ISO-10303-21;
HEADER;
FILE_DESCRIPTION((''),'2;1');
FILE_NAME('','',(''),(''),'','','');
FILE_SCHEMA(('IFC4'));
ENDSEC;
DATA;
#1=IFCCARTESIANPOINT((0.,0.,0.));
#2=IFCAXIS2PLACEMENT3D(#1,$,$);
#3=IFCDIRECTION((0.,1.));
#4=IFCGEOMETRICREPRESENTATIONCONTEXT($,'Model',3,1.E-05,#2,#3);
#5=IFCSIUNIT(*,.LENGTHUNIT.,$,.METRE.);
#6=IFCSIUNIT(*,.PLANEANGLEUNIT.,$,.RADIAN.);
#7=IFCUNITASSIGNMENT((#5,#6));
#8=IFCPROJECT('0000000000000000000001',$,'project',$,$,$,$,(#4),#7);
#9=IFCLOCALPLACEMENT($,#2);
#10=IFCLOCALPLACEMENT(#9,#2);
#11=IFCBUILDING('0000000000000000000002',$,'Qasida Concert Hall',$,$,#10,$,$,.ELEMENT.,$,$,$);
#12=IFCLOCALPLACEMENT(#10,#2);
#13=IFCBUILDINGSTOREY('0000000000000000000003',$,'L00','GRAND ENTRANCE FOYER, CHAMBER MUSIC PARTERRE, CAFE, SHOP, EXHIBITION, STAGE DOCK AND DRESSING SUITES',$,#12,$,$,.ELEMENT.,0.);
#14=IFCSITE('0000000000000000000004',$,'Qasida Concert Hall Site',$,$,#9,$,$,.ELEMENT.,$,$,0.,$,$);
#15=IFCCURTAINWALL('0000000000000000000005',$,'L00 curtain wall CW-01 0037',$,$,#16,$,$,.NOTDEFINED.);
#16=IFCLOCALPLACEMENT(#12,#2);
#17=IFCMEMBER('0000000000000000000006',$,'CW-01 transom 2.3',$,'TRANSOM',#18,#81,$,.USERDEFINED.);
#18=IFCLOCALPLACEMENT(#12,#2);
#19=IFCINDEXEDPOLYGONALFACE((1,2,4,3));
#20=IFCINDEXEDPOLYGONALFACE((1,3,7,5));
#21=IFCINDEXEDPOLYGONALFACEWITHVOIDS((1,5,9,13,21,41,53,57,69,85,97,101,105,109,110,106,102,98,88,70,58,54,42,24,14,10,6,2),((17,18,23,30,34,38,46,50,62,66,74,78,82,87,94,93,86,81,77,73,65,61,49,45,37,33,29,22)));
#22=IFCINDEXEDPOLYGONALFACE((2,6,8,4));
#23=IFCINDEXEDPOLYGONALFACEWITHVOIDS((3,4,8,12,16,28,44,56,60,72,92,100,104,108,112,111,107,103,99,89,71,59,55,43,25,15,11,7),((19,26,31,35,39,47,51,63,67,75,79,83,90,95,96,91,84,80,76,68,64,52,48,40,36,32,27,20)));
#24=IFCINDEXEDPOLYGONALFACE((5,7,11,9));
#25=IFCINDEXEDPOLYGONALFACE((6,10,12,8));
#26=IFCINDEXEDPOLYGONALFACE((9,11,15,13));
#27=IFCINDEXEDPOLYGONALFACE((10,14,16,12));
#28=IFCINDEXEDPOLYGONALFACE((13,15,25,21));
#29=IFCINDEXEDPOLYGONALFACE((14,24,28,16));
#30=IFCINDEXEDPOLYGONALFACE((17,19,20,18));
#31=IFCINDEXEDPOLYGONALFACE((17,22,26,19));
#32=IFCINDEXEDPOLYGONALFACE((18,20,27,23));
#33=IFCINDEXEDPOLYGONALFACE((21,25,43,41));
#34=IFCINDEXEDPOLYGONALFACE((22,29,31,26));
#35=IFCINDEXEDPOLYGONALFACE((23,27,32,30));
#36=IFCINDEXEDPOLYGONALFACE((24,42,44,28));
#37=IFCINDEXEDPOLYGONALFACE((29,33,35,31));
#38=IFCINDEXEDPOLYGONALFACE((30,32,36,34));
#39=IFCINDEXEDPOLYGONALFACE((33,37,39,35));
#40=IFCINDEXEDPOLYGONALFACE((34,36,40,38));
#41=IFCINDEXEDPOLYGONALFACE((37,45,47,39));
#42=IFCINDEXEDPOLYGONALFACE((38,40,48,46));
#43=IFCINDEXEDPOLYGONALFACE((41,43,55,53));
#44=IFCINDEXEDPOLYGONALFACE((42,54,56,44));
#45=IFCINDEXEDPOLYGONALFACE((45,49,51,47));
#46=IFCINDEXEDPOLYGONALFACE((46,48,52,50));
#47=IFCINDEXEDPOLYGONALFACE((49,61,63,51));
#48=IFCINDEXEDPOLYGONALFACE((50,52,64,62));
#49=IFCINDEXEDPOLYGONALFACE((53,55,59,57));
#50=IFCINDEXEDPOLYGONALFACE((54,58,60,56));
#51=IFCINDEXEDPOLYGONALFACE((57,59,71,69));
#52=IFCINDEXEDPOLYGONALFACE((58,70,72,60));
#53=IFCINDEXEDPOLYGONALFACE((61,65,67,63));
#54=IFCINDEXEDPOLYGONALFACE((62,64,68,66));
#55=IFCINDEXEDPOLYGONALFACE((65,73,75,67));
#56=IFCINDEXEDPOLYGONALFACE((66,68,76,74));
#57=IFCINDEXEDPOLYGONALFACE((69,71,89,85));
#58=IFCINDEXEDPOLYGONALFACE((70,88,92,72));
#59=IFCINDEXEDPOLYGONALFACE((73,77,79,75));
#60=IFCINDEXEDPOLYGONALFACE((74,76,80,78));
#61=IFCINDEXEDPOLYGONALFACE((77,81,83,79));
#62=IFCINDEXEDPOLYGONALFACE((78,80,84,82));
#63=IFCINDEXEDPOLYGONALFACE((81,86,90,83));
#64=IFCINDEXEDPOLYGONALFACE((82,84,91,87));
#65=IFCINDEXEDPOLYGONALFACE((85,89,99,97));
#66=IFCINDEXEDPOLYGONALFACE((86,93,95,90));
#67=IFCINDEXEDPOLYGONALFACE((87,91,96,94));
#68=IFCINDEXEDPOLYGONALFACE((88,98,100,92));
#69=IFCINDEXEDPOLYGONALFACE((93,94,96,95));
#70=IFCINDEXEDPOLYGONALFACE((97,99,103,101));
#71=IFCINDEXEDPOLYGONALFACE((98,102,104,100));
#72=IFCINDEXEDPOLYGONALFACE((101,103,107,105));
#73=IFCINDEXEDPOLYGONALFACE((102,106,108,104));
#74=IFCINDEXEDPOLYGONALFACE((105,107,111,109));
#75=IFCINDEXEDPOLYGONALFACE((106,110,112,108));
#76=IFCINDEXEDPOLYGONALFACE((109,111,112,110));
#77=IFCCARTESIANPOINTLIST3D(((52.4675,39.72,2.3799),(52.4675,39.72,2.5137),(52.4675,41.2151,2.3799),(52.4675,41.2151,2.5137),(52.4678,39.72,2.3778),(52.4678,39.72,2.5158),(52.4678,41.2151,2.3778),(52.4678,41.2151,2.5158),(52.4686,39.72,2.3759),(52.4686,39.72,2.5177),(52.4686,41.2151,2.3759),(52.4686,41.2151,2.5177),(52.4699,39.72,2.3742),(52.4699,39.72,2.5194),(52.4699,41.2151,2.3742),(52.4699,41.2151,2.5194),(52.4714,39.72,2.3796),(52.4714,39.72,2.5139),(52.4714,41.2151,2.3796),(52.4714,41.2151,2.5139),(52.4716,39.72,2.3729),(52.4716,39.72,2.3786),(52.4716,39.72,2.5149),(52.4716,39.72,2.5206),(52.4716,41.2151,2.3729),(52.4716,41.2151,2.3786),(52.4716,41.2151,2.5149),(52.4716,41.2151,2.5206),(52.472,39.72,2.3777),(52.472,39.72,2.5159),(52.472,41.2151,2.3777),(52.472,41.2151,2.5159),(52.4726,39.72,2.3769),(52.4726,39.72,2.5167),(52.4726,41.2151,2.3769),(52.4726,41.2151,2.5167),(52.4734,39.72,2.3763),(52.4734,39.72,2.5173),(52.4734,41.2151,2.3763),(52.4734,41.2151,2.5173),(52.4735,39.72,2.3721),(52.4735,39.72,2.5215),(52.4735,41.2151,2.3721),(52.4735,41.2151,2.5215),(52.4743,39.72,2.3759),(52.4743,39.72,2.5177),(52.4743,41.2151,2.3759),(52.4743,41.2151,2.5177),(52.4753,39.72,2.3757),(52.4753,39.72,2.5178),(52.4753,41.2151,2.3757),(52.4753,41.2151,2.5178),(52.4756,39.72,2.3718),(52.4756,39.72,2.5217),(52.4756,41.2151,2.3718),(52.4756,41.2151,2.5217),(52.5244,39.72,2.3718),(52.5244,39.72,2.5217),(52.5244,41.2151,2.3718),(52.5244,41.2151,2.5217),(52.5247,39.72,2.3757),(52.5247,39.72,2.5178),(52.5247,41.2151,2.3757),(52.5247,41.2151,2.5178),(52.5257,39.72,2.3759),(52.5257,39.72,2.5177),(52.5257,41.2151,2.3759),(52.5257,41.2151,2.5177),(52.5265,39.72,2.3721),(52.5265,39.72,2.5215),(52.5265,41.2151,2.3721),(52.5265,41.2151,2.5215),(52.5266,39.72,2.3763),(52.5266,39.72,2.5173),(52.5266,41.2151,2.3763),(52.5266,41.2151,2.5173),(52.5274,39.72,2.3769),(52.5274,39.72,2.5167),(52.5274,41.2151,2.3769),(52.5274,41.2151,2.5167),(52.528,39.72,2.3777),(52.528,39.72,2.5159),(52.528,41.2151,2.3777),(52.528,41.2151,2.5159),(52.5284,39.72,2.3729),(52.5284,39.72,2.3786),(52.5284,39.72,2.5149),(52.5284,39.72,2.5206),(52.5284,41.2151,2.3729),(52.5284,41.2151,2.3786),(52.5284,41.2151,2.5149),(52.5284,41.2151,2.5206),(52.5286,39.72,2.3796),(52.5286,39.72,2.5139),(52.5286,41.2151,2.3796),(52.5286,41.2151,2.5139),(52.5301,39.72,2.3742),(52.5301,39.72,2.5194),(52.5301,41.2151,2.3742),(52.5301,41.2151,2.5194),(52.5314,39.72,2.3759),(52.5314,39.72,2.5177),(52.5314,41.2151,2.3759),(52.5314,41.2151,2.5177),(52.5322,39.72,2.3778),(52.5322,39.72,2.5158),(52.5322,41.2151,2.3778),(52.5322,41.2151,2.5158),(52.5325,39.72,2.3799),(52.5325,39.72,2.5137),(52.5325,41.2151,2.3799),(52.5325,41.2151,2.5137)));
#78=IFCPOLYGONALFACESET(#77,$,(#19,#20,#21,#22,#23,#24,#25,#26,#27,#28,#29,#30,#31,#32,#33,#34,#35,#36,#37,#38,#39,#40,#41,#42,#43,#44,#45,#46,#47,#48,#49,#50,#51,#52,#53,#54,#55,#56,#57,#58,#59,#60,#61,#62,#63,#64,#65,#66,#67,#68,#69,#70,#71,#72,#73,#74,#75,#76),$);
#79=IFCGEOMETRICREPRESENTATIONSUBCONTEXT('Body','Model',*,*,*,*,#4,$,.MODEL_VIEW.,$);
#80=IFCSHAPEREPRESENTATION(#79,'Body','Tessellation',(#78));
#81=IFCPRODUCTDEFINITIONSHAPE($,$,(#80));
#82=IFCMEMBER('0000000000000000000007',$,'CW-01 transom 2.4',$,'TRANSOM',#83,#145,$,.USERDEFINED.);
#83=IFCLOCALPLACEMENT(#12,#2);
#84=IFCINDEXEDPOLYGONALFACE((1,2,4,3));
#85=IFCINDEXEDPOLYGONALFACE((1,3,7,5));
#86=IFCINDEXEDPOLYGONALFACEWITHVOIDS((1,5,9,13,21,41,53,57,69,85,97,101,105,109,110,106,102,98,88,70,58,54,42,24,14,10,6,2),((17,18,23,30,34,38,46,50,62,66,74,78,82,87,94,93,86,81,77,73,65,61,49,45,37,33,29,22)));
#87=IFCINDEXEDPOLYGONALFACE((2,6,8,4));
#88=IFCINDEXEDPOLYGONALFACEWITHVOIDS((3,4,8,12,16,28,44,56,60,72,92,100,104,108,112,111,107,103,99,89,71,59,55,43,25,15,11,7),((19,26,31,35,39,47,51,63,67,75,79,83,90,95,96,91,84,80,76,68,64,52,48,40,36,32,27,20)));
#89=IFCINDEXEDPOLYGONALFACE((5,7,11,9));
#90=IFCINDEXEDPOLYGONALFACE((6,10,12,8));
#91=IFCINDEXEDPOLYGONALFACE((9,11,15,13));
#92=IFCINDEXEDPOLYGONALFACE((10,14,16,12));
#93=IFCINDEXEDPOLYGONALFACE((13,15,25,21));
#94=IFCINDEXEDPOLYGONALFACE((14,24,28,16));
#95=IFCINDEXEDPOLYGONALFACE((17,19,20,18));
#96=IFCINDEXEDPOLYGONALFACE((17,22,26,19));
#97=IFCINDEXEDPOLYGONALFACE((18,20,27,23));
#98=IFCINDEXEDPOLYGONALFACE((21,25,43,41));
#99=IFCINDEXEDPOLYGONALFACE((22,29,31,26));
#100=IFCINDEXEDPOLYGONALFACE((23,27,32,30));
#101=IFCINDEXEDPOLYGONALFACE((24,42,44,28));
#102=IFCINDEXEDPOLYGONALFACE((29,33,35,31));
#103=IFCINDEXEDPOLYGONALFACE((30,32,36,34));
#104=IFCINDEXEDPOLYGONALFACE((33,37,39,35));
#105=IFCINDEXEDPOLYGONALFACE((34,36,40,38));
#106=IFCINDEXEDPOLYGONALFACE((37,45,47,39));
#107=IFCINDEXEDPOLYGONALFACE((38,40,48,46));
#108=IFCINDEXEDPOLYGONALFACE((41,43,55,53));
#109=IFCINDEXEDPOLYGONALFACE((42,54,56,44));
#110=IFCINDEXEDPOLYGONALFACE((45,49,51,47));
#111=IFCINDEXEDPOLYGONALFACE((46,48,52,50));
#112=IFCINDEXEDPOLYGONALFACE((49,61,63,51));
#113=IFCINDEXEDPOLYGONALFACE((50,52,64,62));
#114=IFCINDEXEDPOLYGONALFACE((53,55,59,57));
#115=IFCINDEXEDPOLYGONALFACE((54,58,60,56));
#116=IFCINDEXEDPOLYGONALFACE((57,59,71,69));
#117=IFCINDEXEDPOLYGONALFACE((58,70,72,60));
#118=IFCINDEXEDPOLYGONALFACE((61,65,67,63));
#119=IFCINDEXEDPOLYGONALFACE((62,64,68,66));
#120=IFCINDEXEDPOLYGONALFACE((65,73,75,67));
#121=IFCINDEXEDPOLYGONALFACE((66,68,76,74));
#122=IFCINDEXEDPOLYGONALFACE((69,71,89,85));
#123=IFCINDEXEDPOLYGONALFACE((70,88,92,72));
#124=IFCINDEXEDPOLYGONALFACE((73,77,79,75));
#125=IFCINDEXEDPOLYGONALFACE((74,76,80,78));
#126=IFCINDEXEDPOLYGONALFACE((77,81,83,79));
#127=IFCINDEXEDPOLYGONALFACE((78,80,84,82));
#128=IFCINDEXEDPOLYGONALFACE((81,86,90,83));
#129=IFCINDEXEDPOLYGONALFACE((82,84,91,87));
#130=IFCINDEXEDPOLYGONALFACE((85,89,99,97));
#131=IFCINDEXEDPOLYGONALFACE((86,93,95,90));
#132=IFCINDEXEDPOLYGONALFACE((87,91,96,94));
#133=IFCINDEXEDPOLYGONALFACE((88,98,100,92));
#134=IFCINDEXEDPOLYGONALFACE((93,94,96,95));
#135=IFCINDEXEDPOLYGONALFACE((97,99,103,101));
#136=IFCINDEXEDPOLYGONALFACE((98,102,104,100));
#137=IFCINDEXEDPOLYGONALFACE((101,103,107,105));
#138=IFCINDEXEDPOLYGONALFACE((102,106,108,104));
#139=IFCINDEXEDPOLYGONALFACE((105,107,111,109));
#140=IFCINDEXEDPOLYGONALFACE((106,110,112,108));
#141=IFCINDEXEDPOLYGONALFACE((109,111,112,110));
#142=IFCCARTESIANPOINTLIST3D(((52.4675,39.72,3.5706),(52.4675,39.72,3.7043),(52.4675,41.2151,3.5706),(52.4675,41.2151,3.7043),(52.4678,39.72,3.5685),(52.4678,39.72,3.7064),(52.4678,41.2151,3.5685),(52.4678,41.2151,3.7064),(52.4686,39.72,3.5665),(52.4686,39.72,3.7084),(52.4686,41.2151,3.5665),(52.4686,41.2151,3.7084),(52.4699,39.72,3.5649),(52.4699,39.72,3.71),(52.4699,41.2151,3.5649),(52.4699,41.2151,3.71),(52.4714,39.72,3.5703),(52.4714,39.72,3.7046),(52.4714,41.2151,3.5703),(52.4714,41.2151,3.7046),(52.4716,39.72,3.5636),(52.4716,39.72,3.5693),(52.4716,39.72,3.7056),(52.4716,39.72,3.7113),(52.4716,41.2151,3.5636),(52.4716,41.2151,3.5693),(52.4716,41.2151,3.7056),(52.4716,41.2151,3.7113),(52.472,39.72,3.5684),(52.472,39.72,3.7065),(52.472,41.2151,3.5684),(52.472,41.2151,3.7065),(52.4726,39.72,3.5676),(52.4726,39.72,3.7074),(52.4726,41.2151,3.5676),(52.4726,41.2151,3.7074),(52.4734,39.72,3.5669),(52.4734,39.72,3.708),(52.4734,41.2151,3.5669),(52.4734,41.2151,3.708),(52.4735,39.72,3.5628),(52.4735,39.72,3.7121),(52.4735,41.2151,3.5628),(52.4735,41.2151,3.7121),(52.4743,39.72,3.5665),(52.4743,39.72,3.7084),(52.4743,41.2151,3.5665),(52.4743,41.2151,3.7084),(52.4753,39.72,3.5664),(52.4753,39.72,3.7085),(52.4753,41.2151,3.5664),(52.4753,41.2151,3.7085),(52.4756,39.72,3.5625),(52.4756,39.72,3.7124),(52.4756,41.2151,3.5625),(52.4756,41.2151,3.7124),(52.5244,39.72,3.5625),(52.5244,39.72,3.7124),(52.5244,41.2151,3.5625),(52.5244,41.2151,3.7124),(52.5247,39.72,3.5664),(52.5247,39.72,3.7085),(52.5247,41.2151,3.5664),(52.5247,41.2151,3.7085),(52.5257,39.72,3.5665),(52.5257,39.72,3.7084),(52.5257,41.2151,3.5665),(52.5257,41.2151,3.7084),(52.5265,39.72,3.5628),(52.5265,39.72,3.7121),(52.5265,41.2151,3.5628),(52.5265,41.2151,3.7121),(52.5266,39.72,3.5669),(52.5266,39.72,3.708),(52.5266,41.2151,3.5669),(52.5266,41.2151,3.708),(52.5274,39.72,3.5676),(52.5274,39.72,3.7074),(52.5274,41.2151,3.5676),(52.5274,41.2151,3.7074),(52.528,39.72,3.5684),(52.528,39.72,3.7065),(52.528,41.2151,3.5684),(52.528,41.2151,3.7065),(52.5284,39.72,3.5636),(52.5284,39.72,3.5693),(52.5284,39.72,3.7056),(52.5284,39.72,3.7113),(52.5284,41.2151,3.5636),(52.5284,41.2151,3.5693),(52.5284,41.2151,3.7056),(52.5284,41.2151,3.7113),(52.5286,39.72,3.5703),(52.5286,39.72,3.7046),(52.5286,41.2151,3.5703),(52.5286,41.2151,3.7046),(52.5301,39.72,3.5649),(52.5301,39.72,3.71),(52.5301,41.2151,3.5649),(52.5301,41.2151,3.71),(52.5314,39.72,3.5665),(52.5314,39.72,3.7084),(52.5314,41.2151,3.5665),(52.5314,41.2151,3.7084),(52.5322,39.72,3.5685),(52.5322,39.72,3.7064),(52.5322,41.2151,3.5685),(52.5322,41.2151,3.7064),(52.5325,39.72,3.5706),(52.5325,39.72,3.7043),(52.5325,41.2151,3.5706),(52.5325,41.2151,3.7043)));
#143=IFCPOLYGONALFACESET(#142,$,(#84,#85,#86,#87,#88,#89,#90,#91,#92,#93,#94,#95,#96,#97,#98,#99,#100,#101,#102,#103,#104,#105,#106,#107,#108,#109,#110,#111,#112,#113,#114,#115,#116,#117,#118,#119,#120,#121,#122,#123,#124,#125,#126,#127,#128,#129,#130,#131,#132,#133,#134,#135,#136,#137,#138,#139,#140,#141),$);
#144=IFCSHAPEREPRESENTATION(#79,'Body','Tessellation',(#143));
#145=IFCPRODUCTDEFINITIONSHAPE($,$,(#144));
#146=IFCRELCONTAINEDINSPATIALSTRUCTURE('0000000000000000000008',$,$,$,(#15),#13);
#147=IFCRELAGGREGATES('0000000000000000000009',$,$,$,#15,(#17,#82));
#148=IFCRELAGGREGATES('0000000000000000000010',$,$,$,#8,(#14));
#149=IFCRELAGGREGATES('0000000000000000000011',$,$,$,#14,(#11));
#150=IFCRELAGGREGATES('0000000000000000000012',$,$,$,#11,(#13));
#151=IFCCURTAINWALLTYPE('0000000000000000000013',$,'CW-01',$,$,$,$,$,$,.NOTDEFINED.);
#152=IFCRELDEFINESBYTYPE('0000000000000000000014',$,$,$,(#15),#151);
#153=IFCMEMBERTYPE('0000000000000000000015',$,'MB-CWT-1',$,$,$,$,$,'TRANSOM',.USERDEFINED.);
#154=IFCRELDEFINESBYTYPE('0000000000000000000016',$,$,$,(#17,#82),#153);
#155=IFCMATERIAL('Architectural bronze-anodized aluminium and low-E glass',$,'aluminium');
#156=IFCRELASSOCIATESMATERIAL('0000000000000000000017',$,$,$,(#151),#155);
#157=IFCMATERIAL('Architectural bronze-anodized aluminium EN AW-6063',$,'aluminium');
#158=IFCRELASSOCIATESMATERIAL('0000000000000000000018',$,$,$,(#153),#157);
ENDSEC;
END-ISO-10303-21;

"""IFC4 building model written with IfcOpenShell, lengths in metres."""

from ifc_helpers import new_model, si_unit, direction, frame, origin, origin_2d, place, context, subcontext, project, spatial, hollow_rectangle, extrude, material, material_profile, profile_set, type_object, element, aggregate, save


model = new_model("IFC4")

# Units and contexts
model_context = context("Model", 3, precision=1e-05, world=origin(), true_north=direction((0.0, 1.0)))
body_context = subcontext(model_context, "Body", "Model", "MODEL_VIEW")
ifc_project = project(units=[si_unit("LENGTHUNIT", "METRE"), si_unit("PLANEANGLEUNIT", "RADIAN")], contexts=[model_context])

# Site, building, storey
site_placement = place(None, origin())
site = spatial("IfcSite", under=ifc_project, at=site_placement, Name="Qasida Concert Hall Site", CompositionType="ELEMENT", RefElevation=0.0)
building_placement = place(site_placement, origin())
building = spatial("IfcBuilding", under=site, at=building_placement, Name="Qasida Concert Hall", CompositionType="ELEMENT")
storey_placement = place(building_placement, origin())
storey = spatial("IfcBuildingStorey", under=building, at=storey_placement, Name="L00", Description="GRAND ENTRANCE FOYER, CHAMBER MUSIC PARTERRE, CAFE, SHOP, EXHIBITION, STAGE DOCK AND DRESSING SUITES", CompositionType="ELEMENT", Elevation=0.0)

# Curtain wall
ifc_material_1 = material(Name="Architectural bronze-anodized aluminium and low-E glass", Category="aluminium")
curtain_wall_type_1 = type_object("IfcCurtainWallType", Name="CW-01", PredefinedType="NOTDEFINED", material=ifc_material_1)
curtain_wall_1_placement = place(storey_placement, origin())
curtain_wall_1 = element("IfcCurtainWall", 1, at=curtain_wall_1_placement, inside=storey, type_object=curtain_wall_type_1, Name="L00 curtain wall CW-01 0037", PredefinedType="NOTDEFINED")
ifc_material_2 = material(Name="Architectural bronze-anodized aluminium EN AW-6063", Category="aluminium")

# Members
ifc_material_profile_1 = material_profile(ifc_material_2, hollow_rectangle(XDim=0.0649, YDim=0.1499, WallThickness=0.0039, InnerFilletRadius=0.0039, OuterFilletRadius=0.0081, at=origin_2d()), Name="CWT 150x65x4")
ifc_profile_set_1 = profile_set([ifc_material_profile_1], Name="Architectural bronze-anodized aluminium EN AW-6063")
member_type_1 = type_object("IfcMemberType", Name="MB-CWT-1", ElementType="TRANSOM", PredefinedType="USERDEFINED", material=ifc_profile_set_1)
member_1_placement = place(storey_placement, frame((52.5, 39.72, 2.4468), z_axis=(0.0, 1.0, 0.0), x_axis=(-1.0, 0.0, 0.0)))
member_1 = element("IfcMember", 2, at=member_1_placement, type_object=member_type_1, Name="CW-01 transom 2.3", ObjectType="TRANSOM", PredefinedType="USERDEFINED", context=body_context, shape_type="SweptSolid", body=[
    extrude(hollow_rectangle(XDim=0.0649, YDim=0.1499, WallThickness=0.0039, InnerFilletRadius=0.0039, OuterFilletRadius=0.0081, at=origin_2d()), origin(), (0.0, 0.0, 1.0), 1.4951),
])
member_2_placement = place(storey_placement, frame((52.5, 39.72, 3.6375), z_axis=(0.0, 1.0, 0.0), x_axis=(-1.0, 0.0, 0.0)))
member_2 = element("IfcMember", 3, at=member_2_placement, type_object=member_type_1, Name="CW-01 transom 2.4", ObjectType="TRANSOM", PredefinedType="USERDEFINED", context=body_context, shape_type="SweptSolid", body=[
    extrude(hollow_rectangle(XDim=0.0649, YDim=0.1499, WallThickness=0.0039, InnerFilletRadius=0.0039, OuterFilletRadius=0.0081, at=origin_2d()), origin(), (0.0, 0.0, 1.0), 1.4951),
])

aggregate(curtain_wall_1, [member_1, member_2])

save(model, "model.ifc")
